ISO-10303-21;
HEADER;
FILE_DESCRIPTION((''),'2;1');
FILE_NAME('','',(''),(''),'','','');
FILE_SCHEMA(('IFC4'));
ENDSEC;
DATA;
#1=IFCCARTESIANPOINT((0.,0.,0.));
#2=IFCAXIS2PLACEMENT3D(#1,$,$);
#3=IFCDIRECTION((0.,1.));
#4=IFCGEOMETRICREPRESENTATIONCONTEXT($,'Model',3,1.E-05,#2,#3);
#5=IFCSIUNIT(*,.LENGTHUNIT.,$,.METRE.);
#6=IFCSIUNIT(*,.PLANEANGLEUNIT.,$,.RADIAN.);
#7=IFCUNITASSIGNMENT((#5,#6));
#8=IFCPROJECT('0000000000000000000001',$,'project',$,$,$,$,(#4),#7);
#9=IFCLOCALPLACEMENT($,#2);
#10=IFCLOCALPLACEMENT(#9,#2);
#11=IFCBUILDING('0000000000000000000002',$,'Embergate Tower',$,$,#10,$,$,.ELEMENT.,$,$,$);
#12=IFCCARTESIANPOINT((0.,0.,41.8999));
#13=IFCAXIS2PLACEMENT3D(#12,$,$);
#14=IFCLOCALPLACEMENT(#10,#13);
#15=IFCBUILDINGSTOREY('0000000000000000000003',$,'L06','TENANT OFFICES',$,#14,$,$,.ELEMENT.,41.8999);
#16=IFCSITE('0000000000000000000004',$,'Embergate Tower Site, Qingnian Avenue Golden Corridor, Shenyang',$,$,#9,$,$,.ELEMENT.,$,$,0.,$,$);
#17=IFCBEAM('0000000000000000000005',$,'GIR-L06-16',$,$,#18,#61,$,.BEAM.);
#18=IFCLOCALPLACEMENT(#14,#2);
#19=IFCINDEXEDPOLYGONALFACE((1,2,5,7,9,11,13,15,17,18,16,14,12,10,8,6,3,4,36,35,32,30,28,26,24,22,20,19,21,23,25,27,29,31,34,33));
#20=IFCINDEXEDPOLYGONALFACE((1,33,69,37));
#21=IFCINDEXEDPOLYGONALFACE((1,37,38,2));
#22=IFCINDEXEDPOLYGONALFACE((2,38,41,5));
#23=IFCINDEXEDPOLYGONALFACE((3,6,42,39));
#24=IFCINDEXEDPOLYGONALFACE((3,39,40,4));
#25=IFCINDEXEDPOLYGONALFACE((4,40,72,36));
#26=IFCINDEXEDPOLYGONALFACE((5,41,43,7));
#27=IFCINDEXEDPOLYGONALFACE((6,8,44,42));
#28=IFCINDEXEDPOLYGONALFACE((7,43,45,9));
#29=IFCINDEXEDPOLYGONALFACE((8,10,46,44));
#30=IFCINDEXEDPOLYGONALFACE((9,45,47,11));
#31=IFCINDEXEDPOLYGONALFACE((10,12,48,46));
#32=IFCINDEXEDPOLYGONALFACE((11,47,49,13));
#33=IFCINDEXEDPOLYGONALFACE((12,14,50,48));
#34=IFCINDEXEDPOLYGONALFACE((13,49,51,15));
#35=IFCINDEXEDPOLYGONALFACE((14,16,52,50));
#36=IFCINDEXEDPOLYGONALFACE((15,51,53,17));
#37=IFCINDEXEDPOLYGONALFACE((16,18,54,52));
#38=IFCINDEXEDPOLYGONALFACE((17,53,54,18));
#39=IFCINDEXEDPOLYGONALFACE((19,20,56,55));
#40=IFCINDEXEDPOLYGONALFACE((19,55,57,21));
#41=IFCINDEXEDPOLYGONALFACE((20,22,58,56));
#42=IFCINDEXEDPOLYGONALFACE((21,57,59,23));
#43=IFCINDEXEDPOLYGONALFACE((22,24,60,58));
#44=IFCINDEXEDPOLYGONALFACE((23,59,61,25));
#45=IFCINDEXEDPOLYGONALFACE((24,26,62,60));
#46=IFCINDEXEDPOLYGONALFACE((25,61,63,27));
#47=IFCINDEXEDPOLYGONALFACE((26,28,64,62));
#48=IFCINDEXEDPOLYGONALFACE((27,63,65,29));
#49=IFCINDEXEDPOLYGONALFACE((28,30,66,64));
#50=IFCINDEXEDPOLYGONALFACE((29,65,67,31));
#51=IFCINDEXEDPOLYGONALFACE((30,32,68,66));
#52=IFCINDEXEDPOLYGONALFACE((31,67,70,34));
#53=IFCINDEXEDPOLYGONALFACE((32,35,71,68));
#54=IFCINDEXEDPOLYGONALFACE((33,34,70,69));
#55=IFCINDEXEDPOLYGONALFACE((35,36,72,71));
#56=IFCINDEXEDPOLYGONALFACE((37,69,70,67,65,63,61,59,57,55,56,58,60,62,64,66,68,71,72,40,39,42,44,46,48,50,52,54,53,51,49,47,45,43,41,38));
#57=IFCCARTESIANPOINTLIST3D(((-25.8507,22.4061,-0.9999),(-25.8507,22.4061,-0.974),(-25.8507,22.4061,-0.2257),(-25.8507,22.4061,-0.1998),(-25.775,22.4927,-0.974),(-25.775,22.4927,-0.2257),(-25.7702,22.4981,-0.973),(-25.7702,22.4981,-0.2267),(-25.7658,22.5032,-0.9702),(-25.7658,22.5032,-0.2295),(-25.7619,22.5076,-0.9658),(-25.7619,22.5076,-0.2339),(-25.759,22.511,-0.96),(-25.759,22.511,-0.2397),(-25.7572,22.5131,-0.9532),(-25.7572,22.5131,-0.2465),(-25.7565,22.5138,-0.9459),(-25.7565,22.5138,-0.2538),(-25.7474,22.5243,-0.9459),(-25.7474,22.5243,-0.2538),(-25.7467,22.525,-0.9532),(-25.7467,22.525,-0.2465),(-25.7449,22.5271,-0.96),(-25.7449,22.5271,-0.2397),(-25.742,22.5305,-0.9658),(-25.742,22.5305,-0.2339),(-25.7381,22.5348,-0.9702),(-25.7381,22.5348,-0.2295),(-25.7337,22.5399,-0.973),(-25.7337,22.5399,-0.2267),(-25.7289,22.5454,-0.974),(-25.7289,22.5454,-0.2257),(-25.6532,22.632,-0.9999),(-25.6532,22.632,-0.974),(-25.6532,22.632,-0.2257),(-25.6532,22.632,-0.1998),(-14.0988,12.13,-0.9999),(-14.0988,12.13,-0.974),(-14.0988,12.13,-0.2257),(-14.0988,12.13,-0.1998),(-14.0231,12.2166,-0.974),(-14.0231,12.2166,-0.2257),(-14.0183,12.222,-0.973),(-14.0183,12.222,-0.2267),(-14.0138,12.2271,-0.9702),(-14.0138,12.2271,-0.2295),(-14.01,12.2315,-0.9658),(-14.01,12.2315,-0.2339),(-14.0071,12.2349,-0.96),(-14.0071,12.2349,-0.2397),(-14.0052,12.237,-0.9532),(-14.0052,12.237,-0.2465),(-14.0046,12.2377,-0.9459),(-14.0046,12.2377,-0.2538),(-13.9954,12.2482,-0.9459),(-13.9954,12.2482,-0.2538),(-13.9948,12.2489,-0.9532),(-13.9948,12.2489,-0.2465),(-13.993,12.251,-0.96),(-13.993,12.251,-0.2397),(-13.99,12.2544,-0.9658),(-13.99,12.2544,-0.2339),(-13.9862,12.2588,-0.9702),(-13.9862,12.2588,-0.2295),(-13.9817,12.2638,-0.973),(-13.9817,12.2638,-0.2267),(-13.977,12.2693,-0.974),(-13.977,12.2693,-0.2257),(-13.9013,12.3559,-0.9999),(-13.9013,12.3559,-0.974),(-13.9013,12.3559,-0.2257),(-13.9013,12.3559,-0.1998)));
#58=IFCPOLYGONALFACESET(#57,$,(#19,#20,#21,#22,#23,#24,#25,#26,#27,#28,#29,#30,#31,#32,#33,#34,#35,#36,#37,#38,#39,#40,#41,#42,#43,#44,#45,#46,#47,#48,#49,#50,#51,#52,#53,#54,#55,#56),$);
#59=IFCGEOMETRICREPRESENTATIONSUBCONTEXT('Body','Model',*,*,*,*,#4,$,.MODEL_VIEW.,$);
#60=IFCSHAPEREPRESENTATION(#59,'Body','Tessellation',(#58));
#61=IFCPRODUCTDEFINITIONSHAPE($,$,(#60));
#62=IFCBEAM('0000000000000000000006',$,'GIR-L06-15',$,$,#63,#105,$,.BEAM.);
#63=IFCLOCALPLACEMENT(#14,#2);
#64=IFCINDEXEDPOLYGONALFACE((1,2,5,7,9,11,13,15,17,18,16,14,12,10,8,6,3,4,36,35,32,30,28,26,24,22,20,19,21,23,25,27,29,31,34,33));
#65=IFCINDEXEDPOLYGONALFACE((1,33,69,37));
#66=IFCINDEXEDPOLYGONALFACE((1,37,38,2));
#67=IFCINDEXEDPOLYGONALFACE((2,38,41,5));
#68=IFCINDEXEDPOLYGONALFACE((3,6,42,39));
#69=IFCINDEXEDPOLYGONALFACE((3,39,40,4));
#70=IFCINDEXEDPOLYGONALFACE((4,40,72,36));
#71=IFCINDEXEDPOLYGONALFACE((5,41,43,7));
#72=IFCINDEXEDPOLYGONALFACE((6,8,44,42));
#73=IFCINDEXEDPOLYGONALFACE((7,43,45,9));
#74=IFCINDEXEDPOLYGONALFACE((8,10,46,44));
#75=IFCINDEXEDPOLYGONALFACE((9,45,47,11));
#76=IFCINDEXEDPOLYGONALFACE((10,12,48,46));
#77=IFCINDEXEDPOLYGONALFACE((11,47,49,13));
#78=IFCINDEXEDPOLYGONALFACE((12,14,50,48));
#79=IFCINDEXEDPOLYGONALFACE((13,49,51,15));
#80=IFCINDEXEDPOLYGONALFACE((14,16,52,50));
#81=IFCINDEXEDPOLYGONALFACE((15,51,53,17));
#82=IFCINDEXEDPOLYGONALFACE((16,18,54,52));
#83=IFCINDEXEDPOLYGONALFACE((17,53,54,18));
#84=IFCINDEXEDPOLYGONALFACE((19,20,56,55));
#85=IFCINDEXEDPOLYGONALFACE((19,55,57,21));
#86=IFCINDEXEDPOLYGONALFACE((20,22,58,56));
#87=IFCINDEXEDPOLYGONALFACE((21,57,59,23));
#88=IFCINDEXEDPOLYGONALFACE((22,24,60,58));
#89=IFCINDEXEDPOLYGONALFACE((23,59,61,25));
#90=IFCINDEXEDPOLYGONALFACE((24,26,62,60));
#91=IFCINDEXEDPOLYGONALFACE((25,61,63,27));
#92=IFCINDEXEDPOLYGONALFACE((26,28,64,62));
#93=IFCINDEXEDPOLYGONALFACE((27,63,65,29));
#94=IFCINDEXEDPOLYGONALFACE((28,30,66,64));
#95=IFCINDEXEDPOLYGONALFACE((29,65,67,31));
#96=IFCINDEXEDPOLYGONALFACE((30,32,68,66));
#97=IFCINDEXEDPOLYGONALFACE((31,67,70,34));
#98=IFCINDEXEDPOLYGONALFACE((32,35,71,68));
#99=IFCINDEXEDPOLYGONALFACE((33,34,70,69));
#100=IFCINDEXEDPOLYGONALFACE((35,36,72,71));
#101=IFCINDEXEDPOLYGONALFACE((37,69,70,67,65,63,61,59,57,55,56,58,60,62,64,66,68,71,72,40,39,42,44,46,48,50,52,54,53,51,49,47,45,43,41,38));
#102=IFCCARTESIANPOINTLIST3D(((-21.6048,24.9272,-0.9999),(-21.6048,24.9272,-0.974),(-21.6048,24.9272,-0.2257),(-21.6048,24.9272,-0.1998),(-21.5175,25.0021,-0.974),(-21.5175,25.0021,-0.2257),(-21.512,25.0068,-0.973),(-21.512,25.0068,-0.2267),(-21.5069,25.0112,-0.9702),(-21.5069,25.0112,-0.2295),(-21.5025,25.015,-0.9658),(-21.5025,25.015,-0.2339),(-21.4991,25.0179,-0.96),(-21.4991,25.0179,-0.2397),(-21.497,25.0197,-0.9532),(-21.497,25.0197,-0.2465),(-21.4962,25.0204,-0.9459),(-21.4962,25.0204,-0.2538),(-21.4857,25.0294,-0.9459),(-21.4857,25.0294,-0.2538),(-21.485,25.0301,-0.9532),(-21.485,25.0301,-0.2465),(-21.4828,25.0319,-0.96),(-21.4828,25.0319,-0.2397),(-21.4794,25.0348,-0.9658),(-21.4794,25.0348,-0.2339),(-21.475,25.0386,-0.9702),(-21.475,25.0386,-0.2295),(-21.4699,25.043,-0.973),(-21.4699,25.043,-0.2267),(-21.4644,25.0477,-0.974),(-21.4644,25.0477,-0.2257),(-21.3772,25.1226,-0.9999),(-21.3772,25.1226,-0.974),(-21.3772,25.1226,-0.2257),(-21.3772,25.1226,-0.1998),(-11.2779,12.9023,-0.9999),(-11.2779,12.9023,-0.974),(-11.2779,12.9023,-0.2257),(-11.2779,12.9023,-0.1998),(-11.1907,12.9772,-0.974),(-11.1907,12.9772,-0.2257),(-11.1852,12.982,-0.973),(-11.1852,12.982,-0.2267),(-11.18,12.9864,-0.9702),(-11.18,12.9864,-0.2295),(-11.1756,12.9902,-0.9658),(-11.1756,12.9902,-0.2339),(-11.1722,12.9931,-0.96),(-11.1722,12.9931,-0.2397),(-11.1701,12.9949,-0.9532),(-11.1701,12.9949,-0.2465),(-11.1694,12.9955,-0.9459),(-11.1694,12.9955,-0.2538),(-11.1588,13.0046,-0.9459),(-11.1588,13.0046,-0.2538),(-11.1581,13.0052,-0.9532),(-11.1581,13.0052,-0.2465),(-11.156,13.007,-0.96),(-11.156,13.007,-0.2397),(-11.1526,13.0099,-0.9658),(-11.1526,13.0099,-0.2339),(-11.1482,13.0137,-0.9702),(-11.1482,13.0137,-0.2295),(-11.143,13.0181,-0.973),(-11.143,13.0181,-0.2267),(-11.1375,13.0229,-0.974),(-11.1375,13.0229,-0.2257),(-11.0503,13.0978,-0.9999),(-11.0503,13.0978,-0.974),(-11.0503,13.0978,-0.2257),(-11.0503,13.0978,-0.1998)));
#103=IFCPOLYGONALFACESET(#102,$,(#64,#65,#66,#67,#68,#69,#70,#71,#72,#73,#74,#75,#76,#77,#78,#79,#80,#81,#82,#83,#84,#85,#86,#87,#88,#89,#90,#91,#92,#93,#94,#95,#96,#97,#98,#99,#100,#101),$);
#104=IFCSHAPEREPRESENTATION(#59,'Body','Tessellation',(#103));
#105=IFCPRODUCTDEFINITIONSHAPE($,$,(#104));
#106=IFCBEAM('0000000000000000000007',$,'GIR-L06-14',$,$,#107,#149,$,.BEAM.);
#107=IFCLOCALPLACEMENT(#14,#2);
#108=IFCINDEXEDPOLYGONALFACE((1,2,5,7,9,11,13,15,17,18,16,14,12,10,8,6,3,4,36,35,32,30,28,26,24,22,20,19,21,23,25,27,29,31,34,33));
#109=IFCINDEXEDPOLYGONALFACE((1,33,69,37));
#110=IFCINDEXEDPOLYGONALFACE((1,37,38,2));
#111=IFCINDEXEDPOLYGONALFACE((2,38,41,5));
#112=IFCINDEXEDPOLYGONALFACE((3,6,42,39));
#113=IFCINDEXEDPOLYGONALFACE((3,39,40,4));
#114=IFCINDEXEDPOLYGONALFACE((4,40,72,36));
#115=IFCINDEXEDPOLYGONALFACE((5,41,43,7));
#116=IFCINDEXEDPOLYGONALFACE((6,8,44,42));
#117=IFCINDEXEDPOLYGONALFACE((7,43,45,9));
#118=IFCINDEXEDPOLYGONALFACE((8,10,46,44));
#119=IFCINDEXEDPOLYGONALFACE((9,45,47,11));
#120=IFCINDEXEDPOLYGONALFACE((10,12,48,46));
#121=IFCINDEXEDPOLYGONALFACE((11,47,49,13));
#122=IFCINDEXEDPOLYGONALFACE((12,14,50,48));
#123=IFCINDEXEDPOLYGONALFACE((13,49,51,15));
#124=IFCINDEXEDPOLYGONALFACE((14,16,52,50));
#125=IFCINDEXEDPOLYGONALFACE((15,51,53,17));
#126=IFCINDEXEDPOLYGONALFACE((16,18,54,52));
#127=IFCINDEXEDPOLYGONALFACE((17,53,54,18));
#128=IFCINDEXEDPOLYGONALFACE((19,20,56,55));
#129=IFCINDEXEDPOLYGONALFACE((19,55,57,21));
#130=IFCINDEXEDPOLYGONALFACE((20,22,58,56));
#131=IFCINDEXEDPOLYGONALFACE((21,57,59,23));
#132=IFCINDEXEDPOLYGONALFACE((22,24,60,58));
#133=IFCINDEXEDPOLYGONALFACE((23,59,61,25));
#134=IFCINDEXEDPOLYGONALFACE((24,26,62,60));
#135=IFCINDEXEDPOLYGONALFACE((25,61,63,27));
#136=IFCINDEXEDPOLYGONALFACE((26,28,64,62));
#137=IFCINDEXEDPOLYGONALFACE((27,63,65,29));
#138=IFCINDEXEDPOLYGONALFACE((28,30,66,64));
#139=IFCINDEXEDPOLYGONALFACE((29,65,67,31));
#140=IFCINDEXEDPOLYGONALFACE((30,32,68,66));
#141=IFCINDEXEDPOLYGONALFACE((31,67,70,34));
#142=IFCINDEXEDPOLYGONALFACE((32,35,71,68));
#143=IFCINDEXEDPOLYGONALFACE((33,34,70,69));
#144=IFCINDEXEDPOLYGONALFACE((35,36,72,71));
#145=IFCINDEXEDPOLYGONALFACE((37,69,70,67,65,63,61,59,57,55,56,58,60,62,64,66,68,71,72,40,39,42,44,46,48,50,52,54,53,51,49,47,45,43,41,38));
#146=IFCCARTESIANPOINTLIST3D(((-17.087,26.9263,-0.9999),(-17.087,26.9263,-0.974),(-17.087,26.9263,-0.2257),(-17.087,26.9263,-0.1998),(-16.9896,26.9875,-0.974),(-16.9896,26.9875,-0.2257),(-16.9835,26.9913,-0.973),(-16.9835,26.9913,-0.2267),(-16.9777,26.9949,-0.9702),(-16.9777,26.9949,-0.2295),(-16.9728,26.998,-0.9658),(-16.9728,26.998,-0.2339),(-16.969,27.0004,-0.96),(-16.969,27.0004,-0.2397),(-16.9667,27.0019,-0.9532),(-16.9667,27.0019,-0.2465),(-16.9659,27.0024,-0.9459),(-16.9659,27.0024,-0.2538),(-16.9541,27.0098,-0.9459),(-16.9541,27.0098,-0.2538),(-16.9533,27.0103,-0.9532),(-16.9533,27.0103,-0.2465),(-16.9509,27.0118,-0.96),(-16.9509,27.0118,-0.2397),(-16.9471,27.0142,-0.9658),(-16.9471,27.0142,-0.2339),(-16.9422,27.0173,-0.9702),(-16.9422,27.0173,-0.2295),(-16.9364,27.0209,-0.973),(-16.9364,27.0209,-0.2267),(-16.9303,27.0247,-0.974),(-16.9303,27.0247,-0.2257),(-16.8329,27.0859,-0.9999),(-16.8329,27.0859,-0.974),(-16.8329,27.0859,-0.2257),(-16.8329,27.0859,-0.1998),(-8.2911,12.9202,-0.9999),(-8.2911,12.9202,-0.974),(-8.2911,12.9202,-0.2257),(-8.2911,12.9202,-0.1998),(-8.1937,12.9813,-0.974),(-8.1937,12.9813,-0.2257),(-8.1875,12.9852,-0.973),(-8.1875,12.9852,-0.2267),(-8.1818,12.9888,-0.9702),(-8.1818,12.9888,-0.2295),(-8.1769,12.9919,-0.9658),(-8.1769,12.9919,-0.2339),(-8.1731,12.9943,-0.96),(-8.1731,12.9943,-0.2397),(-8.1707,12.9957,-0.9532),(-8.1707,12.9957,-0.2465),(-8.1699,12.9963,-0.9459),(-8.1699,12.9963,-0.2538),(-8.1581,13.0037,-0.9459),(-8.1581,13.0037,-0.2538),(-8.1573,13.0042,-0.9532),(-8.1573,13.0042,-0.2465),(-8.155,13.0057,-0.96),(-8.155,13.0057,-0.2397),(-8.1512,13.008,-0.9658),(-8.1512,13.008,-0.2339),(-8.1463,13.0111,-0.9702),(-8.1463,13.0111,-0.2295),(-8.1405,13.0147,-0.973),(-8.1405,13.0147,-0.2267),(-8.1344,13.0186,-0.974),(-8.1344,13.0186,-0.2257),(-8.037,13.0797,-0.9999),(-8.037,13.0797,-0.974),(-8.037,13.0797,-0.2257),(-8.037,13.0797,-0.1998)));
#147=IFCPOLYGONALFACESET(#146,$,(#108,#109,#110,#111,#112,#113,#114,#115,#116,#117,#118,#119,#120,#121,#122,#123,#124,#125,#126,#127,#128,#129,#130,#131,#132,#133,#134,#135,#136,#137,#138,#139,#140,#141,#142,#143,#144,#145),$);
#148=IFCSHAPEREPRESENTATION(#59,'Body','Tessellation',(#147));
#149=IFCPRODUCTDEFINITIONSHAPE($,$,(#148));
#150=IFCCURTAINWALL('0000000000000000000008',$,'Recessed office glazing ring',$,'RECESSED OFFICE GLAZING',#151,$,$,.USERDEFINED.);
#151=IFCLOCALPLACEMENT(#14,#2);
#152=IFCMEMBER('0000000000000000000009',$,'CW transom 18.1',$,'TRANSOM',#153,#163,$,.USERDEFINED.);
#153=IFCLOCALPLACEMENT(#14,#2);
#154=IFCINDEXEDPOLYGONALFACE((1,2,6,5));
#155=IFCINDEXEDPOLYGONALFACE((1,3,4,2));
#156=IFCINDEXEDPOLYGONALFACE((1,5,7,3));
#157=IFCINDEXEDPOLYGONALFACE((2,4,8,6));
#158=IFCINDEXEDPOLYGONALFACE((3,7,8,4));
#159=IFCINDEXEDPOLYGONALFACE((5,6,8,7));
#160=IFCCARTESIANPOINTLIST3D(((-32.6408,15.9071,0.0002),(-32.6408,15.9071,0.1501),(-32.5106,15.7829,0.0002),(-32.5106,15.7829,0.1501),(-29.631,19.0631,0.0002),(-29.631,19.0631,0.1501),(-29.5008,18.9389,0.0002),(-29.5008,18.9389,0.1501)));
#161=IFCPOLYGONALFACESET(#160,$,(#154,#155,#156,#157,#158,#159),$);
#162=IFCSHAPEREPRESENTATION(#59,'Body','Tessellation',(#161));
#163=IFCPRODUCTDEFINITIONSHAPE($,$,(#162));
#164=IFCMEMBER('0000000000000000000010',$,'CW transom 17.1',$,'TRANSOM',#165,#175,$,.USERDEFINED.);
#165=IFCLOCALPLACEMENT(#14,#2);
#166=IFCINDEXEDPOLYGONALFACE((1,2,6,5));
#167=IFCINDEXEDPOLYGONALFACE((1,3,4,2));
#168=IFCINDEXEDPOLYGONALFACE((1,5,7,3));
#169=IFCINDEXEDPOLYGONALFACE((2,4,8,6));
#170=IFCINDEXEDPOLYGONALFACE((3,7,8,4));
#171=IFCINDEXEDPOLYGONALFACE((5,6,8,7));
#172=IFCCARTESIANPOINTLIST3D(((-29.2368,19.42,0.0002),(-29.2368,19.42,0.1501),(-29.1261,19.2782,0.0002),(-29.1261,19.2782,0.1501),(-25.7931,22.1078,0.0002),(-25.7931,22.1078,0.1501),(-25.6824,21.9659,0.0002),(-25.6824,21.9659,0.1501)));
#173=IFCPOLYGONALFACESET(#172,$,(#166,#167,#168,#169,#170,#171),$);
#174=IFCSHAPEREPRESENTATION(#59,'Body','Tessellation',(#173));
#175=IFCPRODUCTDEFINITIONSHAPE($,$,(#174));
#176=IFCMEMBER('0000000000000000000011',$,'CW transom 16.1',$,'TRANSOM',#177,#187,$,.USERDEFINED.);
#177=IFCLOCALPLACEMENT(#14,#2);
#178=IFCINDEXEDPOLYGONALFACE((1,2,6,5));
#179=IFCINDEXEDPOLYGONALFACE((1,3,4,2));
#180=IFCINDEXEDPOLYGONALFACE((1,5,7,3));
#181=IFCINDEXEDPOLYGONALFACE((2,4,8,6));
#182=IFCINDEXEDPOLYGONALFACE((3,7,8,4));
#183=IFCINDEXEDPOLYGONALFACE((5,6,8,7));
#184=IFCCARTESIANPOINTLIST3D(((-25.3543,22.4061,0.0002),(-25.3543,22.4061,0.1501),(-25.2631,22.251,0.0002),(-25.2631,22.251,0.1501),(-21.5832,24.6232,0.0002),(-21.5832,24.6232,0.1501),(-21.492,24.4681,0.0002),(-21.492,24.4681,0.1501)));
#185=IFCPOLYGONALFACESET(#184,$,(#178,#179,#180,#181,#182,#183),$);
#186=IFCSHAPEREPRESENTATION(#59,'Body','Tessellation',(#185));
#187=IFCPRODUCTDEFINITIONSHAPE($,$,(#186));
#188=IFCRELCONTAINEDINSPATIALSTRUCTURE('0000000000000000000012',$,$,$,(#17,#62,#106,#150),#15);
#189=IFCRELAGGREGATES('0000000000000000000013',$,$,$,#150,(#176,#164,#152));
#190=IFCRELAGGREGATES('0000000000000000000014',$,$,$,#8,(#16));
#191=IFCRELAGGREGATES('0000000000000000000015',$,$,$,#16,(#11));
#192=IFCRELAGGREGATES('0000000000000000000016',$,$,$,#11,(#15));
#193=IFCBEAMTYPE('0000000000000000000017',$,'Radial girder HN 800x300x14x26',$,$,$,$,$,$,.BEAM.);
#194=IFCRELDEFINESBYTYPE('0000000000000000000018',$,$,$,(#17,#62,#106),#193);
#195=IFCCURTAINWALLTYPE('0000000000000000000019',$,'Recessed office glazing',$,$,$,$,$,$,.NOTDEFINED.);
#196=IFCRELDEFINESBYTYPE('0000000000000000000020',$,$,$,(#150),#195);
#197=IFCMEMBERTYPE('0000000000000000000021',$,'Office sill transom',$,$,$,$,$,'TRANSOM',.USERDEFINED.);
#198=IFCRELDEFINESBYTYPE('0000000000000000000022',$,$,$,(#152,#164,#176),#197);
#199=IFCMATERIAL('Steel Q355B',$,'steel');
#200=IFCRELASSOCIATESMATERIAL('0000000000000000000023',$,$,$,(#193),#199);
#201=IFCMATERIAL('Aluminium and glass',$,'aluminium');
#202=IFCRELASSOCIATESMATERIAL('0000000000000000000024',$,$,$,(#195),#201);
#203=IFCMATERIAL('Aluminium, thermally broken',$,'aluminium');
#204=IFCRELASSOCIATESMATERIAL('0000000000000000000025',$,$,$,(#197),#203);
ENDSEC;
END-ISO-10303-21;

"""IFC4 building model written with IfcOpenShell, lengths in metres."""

from ifc_helpers import new_model, si_unit, direction, frame, origin, origin_2d, place, context, subcontext, project, spatial, rectangle, i_section, extrude, source, transform, mapped, material, material_profile, profile_set, type_object, element, aggregate, save


model = new_model("IFC4")

# Units and contexts
model_context = context("Model", 3, precision=1e-05, world=origin(), true_north=direction((0.0, 1.0)))
body_context = subcontext(model_context, "Body", "Model", "MODEL_VIEW")
ifc_project = project(units=[si_unit("LENGTHUNIT", "METRE"), si_unit("PLANEANGLEUNIT", "RADIAN")], contexts=[model_context])

# Site, building, storey
site_placement = place(None, origin())
site = spatial("IfcSite", under=ifc_project, at=site_placement, Name="Embergate Tower Site, Qingnian Avenue Golden Corridor, Shenyang", CompositionType="ELEMENT", RefElevation=0.0)
building_placement = place(site_placement, origin())
building = spatial("IfcBuilding", under=site, at=building_placement, Name="Embergate Tower", CompositionType="ELEMENT")
storey_placement = place(building_placement, frame((0.0, 0.0, 41.8999)))
storey = spatial("IfcBuildingStorey", under=building, at=storey_placement, Name="L06", Description="TENANT OFFICES", CompositionType="ELEMENT", Elevation=41.8999)

# Beams
ifc_material_1 = material(Name="Steel Q355B", Category="steel")
ifc_material_profile_1 = material_profile(ifc_material_1, i_section(OverallWidth=0.3, OverallDepth=0.8, WebThickness=0.0139, FlangeThickness=0.0259, FilletRadius=0.0281, at=origin_2d()), Name="HN 800x300x14x26")
ifc_profile_set_1 = profile_set([ifc_material_profile_1], Name="Steel Q355 grade B")
beam_type_1 = type_object("IfcBeamType", Name="Radial girder HN 800x300x14x26", PredefinedType="BEAM", material=ifc_profile_set_1)
shared_shape_1 = source(origin(), body_context, "Body", "SweptSolid", [
    extrude(i_section(OverallWidth=0.3, OverallDepth=0.8, WebThickness=0.0139, FlangeThickness=0.0259, FilletRadius=0.0281, at=origin_2d()), origin(), (0.0, 0.0, 1.0), 15.6111),
])
beam_1_placement = place(storey_placement, frame((-25.752, 22.519, -0.5999), z_axis=(0.752794, -0.658257, 0.0), x_axis=(0.658257, 0.752794, 0.0)))
element("IfcBeam", 1, at=beam_1_placement, inside=storey, type_object=beam_type_1, Name="GIR-L06-16", PredefinedType="BEAM", context=body_context, shape_type="MappedRepresentation", body=[
    mapped(shared_shape_1, transform((0.0, 0.0, 0.0))),
])
shared_shape_2 = source(origin(), body_context, "Body", "SweptSolid", [
    extrude(i_section(OverallWidth=0.3, OverallDepth=0.8, WebThickness=0.0139, FlangeThickness=0.0259, FilletRadius=0.0281, at=origin_2d()), origin(), (0.0, 0.0, 1.0), 15.8506),
])
beam_2_placement = place(storey_placement, frame((-21.491, 25.0249, -0.5999), z_axis=(0.651513, -0.758638, 0.0), x_axis=(0.758638, 0.651513, 0.0)))
element("IfcBeam", 2, at=beam_2_placement, inside=storey, type_object=beam_type_1, Name="GIR-L06-15", PredefinedType="BEAM", context=body_context, shape_type="MappedRepresentation", body=[
    mapped(shared_shape_2, transform((0.0, 0.0, 0.0))),
])
shared_shape_3 = source(origin(), body_context, "Body", "SweptSolid", [
    extrude(i_section(OverallWidth=0.3, OverallDepth=0.8, WebThickness=0.0139, FlangeThickness=0.0259, FilletRadius=0.0281, at=origin_2d()), origin(), (0.0, 0.0, 1.0), 16.5391),
])
beam_3_placement = place(storey_placement, frame((-16.96, 27.0061, -0.5999), z_axis=(0.531827, -0.846853, 0.0), x_axis=(0.846853, 0.531827, 0.0)))
element("IfcBeam", 3, at=beam_3_placement, inside=storey, type_object=beam_type_1, Name="GIR-L06-14", PredefinedType="BEAM", context=body_context, shape_type="MappedRepresentation", body=[
    mapped(shared_shape_3, transform((0.0, 0.0, 0.0))),
])

# Curtain wall, members
ifc_material_2 = material(Name="Aluminium and glass", Category="aluminium")
curtain_wall_type = type_object("IfcCurtainWallType", Name="Recessed office glazing", PredefinedType="NOTDEFINED", material=ifc_material_2)
curtain_wall_placement = place(storey_placement, origin())
curtain_wall = element("IfcCurtainWall", 4, at=curtain_wall_placement, inside=storey, type_object=curtain_wall_type, Name="Recessed office glazing ring", ObjectType="RECESSED OFFICE GLAZING", PredefinedType="USERDEFINED")
ifc_material_3 = material(Name="Aluminium, thermally broken", Category="aluminium")
ifc_material_profile_2 = material_profile(ifc_material_3, rectangle(XDim=0.1799, YDim=0.1499, at=origin_2d()), Name="AL 150x180")
ifc_profile_set_2 = profile_set([ifc_material_profile_2], Name="Aluminium, thermally broken")
member_type_1 = type_object("IfcMemberType", Name="Office sill transom", ElementType="TRANSOM", PredefinedType="USERDEFINED", material=ifc_profile_set_2)
shared_shape_4 = source(origin(), body_context, "Body", "SweptSolid", [
    extrude(rectangle(XDim=0.1799, YDim=0.1499, at=origin_2d()), origin(), (0.0, 0.0, 1.0), 4.3611),
])
member_1_placement = place(storey_placement, frame((-29.5659, 19.001, 0.0752), z_axis=(-0.690141, -0.723674, 0.0), x_axis=(0.723674, -0.690141, 0.0)))
member_1 = element("IfcMember", 5, at=member_1_placement, type_object=member_type_1, Name="CW transom 18.1", ObjectType="TRANSOM", PredefinedType="USERDEFINED", context=body_context, shape_type="MappedRepresentation", body=[
    mapped(shared_shape_4, transform((0.0, 0.0, 0.0))),
])
shared_shape_5 = source(origin(), body_context, "Body", "SweptSolid", [
    extrude(rectangle(XDim=0.1799, YDim=0.1499, at=origin_2d()), origin(), (0.0, 0.0, 1.0), 4.3684),
])
member_2_placement = place(storey_placement, frame((-25.7378, 22.0369, 0.0752), z_axis=(-0.78831, -0.615278, 0.0), x_axis=(0.615278, -0.78831, 0.0)))
member_2 = element("IfcMember", 6, at=member_2_placement, type_object=member_type_1, Name="CW transom 17.1", ObjectType="TRANSOM", PredefinedType="USERDEFINED", context=body_context, shape_type="MappedRepresentation", body=[
    mapped(shared_shape_5, transform((0.0, 0.0, 0.0))),
])
shared_shape_6 = source(origin(), body_context, "Body", "SweptSolid", [
    extrude(rectangle(XDim=0.1799, YDim=0.1499, at=origin_2d()), origin(), (0.0, 0.0, 1.0), 4.3745),
])
member_3_placement = place(storey_placement, frame((-21.5376, 24.5457, 0.0752), z_axis=(-0.862053, -0.506818, 0.0), x_axis=(0.506818, -0.862053, 0.0)))
member_3 = element("IfcMember", 7, at=member_3_placement, type_object=member_type_1, Name="CW transom 16.1", ObjectType="TRANSOM", PredefinedType="USERDEFINED", context=body_context, shape_type="MappedRepresentation", body=[
    mapped(shared_shape_6, transform((0.0, 0.0, 0.0))),
])
aggregate(curtain_wall, [member_3, member_2, member_1])

save(model, "model.ifc")
